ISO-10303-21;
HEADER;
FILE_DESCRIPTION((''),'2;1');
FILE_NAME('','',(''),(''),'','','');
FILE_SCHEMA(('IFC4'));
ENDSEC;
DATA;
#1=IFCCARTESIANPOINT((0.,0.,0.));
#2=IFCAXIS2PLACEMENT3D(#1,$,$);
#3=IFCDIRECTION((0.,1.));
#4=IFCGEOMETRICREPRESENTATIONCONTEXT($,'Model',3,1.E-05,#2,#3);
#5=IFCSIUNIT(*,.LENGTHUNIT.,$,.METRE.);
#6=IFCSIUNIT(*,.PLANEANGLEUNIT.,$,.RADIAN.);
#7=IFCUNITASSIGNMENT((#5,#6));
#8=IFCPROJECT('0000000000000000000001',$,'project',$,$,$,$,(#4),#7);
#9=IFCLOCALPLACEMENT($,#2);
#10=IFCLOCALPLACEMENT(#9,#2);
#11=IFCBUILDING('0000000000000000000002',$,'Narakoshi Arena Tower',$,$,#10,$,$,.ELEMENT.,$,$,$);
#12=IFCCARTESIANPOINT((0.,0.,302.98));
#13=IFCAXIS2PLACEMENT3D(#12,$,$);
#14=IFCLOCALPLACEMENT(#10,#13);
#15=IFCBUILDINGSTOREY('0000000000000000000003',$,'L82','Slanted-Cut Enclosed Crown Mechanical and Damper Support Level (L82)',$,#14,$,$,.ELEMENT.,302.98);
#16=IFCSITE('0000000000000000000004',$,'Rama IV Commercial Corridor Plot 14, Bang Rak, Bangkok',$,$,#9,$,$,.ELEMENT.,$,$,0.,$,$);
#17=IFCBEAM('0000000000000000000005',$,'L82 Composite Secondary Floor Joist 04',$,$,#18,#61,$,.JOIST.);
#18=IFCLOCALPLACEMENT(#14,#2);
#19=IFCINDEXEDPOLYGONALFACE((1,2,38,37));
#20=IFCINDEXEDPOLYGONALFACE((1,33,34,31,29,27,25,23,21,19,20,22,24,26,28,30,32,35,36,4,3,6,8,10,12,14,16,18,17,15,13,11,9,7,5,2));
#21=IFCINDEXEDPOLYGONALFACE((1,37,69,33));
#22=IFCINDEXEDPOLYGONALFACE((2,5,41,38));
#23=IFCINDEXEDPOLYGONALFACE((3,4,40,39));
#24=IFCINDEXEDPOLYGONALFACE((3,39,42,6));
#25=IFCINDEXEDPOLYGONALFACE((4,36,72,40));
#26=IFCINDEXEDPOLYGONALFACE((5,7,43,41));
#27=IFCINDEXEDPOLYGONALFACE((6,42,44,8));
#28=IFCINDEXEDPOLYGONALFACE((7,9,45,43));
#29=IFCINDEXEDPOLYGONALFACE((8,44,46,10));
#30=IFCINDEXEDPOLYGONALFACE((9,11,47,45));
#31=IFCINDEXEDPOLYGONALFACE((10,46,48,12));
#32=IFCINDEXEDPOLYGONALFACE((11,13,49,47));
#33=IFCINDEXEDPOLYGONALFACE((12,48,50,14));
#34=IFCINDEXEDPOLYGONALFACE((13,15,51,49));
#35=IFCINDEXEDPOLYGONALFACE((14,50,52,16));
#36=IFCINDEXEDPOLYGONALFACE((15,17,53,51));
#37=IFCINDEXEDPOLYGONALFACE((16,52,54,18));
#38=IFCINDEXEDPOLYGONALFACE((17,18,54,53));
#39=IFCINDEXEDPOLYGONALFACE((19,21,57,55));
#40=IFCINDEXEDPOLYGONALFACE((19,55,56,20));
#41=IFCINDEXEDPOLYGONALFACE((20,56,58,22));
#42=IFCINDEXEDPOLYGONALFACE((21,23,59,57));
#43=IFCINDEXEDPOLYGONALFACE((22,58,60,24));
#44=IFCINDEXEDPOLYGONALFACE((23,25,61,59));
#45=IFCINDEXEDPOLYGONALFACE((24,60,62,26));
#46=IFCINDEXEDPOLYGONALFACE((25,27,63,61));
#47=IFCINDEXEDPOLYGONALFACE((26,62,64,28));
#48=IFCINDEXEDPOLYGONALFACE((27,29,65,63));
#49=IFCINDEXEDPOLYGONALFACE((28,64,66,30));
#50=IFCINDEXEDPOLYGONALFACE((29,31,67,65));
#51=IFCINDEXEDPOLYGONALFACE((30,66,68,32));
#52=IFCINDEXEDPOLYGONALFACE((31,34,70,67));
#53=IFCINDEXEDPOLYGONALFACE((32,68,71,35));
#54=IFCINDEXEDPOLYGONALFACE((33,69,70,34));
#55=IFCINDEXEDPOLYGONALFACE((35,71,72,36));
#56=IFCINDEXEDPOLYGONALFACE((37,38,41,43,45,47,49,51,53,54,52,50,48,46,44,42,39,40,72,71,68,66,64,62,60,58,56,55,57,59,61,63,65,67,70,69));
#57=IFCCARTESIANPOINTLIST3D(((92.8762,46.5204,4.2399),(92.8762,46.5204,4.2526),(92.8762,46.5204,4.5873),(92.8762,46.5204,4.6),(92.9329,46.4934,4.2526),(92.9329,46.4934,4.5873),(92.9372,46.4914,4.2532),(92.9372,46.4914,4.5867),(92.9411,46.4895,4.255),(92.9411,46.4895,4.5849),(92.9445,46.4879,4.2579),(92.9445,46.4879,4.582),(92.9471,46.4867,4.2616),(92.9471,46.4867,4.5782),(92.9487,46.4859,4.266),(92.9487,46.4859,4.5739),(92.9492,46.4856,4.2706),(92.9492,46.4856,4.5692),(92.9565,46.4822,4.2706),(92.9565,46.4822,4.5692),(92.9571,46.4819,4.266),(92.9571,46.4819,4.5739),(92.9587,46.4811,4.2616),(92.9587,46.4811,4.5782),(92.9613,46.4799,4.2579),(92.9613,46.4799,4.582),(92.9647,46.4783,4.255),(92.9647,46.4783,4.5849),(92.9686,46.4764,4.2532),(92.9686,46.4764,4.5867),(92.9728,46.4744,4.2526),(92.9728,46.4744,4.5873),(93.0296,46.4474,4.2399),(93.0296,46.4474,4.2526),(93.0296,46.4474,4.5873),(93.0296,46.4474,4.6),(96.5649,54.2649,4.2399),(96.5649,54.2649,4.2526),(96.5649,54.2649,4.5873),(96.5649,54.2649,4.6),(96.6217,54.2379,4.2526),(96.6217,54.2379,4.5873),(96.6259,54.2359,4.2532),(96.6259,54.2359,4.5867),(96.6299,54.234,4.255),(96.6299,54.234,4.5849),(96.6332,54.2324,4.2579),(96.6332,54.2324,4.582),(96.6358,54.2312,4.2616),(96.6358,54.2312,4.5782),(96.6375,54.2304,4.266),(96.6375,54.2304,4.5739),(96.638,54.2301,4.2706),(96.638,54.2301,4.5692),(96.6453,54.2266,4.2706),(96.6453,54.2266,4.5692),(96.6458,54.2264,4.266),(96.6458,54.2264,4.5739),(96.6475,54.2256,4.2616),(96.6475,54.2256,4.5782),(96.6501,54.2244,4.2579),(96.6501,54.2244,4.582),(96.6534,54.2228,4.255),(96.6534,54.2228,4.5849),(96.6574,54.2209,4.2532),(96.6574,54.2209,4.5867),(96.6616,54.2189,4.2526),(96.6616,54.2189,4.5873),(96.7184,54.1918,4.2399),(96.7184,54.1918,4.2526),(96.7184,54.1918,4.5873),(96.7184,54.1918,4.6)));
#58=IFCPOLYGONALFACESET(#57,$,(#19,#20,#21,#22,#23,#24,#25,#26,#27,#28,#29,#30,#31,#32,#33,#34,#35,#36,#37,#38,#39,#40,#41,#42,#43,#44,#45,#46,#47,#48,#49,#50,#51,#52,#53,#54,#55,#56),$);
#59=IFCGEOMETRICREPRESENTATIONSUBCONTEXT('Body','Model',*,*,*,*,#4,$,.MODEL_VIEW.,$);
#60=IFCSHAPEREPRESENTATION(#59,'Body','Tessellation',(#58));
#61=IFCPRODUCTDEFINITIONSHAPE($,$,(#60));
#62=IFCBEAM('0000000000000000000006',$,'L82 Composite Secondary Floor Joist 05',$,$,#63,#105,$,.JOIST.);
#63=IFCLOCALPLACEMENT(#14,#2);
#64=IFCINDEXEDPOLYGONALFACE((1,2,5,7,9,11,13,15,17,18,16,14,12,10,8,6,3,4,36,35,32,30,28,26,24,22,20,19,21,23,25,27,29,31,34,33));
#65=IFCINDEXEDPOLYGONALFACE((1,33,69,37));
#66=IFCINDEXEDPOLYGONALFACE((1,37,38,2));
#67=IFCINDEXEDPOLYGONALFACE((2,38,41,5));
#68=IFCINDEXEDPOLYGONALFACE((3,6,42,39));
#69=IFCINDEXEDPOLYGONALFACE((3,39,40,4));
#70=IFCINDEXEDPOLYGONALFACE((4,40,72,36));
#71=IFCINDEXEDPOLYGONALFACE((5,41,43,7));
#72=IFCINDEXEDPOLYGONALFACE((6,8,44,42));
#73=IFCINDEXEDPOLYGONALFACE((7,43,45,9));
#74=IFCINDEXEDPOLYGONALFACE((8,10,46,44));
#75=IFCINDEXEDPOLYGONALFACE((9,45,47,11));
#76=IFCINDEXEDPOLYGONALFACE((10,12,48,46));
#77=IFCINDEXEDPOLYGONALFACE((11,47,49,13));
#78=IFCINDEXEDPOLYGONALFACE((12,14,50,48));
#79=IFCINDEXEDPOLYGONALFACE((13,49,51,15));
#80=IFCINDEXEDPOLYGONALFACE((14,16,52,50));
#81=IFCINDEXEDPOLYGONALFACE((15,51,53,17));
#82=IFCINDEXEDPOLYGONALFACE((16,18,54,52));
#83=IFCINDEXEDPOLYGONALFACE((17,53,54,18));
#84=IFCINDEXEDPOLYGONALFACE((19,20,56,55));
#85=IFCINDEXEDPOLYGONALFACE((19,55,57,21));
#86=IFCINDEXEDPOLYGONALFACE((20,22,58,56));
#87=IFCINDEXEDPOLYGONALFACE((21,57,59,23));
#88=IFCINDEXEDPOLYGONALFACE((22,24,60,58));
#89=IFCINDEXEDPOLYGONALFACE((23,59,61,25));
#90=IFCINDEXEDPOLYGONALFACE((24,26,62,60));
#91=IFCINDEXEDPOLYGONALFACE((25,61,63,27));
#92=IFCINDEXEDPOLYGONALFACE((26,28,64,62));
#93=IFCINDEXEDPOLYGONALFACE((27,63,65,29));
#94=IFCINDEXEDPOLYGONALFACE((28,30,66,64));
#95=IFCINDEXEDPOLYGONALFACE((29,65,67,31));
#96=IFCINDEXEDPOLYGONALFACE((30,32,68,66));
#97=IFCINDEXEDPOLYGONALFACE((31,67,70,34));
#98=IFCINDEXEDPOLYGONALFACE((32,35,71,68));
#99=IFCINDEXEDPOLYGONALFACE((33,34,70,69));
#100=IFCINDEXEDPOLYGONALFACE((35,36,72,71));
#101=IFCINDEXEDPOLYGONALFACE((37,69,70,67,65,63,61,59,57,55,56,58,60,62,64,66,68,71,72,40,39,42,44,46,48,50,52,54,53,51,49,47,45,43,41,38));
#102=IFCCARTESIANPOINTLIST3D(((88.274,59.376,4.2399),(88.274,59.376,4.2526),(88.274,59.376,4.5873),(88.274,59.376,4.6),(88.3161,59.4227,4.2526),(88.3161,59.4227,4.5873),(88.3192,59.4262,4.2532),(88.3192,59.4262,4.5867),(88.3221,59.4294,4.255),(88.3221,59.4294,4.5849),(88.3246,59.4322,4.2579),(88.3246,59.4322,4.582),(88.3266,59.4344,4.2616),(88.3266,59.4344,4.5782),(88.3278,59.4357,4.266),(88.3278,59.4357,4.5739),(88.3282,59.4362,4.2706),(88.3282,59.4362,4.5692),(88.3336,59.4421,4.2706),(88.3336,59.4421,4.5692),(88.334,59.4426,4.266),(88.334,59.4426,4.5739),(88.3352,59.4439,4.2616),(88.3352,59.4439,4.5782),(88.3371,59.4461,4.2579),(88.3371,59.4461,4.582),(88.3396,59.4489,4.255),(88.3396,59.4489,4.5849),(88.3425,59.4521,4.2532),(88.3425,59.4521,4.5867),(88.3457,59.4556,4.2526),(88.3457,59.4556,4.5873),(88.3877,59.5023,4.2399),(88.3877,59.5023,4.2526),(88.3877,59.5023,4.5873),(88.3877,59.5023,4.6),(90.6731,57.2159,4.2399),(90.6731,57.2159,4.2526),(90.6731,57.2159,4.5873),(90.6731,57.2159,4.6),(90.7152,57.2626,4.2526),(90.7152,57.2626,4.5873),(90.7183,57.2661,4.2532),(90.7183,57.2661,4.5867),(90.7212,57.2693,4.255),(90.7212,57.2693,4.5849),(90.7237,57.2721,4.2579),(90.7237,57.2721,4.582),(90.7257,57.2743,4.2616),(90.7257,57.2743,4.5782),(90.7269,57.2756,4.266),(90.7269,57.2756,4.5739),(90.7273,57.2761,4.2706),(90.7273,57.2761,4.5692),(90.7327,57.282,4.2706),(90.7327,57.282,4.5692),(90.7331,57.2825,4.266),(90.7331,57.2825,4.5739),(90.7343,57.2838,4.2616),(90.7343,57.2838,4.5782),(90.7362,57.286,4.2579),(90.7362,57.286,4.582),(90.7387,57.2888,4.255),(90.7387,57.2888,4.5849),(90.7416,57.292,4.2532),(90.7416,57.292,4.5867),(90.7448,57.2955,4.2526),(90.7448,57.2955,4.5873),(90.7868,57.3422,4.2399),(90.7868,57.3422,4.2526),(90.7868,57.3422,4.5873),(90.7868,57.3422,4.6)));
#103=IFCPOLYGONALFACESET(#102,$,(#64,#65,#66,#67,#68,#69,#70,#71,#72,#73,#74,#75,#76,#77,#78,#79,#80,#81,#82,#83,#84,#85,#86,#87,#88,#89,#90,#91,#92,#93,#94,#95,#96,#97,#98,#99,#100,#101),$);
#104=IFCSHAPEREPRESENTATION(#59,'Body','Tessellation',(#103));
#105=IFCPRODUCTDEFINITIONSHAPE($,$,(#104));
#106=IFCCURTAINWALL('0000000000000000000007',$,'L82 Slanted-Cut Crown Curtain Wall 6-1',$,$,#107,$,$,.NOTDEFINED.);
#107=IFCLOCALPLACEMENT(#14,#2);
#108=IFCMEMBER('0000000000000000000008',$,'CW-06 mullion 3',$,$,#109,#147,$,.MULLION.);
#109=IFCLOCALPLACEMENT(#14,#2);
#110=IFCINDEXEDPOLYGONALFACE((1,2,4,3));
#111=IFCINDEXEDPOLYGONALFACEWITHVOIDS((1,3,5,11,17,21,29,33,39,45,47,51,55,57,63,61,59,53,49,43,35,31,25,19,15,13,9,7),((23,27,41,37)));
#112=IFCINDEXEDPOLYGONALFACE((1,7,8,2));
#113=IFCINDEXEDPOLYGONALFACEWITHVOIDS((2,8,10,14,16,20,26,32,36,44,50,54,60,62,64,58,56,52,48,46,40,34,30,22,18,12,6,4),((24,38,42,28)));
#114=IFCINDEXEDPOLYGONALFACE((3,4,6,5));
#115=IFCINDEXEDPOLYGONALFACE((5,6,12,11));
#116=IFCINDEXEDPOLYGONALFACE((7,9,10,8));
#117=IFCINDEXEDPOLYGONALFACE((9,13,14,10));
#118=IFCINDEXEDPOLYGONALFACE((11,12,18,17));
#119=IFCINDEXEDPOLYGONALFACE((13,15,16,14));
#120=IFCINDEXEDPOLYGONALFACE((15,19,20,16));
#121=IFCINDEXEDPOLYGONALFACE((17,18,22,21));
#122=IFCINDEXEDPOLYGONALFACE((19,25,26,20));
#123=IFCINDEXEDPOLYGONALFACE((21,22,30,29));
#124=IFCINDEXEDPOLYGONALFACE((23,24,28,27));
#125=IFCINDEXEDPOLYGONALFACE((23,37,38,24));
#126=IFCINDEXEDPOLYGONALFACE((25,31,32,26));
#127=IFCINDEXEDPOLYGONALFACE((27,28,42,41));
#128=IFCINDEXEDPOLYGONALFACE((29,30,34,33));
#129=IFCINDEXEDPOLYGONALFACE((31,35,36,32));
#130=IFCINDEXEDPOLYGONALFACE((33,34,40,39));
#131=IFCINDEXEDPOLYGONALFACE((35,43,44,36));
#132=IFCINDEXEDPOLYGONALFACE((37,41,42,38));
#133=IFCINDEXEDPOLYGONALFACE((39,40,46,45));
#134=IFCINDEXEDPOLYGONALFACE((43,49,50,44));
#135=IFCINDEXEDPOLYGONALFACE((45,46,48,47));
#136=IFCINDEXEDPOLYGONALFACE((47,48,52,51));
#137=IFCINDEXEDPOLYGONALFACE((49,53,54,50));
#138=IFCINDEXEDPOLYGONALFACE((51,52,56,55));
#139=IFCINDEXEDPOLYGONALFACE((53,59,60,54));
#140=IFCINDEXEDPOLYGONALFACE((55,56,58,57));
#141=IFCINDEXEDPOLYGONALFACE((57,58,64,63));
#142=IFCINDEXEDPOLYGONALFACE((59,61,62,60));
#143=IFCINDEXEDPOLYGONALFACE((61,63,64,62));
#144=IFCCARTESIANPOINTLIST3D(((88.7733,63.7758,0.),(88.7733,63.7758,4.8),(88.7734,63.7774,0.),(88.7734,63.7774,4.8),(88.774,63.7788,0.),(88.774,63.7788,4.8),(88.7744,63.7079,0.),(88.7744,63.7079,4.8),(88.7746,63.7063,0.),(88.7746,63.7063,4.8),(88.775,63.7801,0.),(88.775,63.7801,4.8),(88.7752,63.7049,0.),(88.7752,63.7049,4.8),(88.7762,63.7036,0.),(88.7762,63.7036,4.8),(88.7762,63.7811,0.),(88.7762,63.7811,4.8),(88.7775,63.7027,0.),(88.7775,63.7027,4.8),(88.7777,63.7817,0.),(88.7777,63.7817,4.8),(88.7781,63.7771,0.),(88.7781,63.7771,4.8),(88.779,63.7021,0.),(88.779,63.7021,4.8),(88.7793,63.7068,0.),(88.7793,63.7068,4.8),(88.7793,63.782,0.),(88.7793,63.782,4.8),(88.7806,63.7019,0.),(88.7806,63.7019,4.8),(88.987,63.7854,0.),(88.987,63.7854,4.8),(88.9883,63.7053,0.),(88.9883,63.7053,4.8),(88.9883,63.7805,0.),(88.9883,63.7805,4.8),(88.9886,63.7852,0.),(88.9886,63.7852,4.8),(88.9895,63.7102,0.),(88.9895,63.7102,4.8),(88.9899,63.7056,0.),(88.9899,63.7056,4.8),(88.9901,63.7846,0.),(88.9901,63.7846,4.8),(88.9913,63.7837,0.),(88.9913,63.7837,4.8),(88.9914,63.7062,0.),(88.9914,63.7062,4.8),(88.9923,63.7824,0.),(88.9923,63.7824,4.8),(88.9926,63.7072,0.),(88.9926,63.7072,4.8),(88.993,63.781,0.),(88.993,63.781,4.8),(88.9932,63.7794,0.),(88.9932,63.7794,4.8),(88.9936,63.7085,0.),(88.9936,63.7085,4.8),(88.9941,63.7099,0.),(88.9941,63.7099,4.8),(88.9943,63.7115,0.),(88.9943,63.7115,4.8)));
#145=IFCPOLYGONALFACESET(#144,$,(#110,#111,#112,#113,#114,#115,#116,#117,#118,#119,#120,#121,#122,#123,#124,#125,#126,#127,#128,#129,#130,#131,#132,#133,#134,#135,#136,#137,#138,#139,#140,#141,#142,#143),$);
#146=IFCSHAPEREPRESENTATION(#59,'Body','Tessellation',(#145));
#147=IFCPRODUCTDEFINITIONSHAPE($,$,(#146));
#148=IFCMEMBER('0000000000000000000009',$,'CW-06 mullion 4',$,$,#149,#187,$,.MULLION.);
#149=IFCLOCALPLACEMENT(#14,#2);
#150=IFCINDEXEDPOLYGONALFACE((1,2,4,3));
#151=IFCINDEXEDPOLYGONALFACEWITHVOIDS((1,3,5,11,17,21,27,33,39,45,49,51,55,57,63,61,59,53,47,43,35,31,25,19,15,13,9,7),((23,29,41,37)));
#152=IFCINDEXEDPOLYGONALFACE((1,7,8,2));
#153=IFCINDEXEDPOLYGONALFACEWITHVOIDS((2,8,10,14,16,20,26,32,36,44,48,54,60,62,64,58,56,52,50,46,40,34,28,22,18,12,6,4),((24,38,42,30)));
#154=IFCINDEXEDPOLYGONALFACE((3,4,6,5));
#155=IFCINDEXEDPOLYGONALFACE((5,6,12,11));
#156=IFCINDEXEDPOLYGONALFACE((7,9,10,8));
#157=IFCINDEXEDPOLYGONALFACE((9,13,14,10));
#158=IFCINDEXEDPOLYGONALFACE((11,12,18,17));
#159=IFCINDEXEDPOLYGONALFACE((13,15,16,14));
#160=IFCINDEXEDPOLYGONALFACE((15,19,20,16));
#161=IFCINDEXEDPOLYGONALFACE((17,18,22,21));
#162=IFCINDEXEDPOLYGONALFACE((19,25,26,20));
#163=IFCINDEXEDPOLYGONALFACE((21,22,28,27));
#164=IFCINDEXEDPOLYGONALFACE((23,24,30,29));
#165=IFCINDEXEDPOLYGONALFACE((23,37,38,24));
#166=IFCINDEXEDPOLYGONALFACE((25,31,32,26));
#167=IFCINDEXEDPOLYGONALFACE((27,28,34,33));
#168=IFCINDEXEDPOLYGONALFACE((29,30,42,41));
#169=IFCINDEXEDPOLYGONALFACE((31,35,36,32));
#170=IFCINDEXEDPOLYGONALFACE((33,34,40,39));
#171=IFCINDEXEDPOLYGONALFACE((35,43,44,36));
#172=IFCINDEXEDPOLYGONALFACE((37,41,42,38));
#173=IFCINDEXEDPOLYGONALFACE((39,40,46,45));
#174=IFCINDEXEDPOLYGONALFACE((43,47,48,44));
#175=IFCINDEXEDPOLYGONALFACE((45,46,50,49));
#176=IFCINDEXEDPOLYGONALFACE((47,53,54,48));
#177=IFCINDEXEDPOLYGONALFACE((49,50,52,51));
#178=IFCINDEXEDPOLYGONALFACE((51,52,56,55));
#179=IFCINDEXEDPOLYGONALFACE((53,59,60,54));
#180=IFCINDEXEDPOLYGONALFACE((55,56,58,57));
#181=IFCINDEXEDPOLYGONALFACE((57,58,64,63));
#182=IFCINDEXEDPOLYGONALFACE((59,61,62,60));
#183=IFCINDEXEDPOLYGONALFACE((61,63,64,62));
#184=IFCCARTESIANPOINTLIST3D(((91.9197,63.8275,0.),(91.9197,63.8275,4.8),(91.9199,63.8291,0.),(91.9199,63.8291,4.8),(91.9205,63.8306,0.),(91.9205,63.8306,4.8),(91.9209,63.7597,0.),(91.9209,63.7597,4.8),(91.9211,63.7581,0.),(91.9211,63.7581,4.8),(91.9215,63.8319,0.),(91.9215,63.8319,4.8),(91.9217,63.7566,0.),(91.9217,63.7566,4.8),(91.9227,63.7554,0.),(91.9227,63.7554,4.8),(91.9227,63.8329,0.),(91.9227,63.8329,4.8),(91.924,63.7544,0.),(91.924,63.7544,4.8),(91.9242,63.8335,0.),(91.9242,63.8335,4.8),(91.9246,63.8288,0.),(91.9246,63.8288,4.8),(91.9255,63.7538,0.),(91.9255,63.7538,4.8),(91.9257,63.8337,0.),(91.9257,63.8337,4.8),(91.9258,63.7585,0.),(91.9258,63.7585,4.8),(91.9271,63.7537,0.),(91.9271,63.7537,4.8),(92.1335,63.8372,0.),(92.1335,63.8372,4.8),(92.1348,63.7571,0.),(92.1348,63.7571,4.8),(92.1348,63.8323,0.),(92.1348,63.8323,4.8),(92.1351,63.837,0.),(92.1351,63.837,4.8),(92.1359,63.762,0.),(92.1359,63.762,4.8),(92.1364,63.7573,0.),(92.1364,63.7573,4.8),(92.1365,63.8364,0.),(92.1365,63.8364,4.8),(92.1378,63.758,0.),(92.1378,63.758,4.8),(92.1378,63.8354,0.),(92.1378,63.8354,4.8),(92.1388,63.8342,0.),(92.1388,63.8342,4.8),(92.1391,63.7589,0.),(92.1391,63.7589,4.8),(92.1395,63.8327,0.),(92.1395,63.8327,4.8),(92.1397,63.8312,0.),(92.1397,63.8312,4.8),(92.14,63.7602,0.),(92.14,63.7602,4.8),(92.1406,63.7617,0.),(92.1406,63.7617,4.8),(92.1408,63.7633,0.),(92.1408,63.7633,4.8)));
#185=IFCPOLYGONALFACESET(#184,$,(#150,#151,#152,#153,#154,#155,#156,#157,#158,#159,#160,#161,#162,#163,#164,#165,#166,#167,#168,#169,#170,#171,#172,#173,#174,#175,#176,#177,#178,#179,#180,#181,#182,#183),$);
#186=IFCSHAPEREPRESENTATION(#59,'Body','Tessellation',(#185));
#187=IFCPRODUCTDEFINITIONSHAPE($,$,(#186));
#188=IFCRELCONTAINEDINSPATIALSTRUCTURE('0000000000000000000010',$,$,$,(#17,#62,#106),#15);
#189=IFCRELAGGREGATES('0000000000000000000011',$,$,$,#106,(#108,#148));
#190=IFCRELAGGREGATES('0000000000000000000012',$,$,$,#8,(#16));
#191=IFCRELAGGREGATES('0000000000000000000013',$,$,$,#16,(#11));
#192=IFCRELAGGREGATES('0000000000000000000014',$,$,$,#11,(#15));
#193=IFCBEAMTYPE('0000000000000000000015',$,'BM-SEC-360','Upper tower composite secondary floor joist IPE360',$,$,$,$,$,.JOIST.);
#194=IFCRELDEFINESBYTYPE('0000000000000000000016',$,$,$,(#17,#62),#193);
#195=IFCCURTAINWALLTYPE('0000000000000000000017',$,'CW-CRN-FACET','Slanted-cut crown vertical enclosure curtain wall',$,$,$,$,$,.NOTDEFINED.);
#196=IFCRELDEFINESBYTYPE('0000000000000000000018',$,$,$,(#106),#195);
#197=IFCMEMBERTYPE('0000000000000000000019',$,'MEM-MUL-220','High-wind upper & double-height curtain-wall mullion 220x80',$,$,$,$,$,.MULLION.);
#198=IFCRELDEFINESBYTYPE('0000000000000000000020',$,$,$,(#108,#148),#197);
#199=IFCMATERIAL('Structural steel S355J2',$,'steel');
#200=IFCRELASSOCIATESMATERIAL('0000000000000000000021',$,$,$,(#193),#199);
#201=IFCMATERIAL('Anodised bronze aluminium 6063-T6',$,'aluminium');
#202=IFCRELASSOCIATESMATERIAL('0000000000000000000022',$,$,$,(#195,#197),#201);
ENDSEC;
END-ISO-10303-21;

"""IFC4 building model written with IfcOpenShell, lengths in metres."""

from ifc_helpers import new_model, si_unit, direction, frame, origin, origin_2d, place, context, subcontext, project, spatial, hollow_rectangle, i_section, extrude, material, material_profile, profile_set, type_object, element, aggregate, save


model = new_model("IFC4")

# Units and contexts
model_context = context("Model", 3, precision=1e-05, world=origin(), true_north=direction((0.0, 1.0)))
body_context = subcontext(model_context, "Body", "Model", "MODEL_VIEW")
ifc_project = project(units=[si_unit("LENGTHUNIT", "METRE"), si_unit("PLANEANGLEUNIT", "RADIAN")], contexts=[model_context])

# Site, building, storey
site_placement = place(None, origin())
site = spatial("IfcSite", under=ifc_project, at=site_placement, Name="Rama IV Commercial Corridor Plot 14, Bang Rak, Bangkok", CompositionType="ELEMENT", RefElevation=0.0)
building_placement = place(site_placement, origin())
building = spatial("IfcBuilding", under=site, at=building_placement, Name="Narakoshi Arena Tower", CompositionType="ELEMENT")
storey_placement = place(building_placement, frame((0.0, 0.0, 302.98)))
storey = spatial("IfcBuildingStorey", under=building, at=storey_placement, Name="L82", Description="Slanted-Cut Enclosed Crown Mechanical and Damper Support Level (L82)", CompositionType="ELEMENT", Elevation=302.98)

# Shared definitions
ifc_material_1 = material(Name="Structural steel S355J2", Category="steel")

# Beams
ifc_material_profile_1 = material_profile(ifc_material_1, i_section(OverallWidth=0.1699, OverallDepth=0.3601, WebThickness=0.0081, FlangeThickness=0.0127, FilletRadius=0.0181, at=origin_2d()), Name="IPE360")
ifc_profile_set_1 = profile_set([ifc_material_profile_1], Name="Structural steel S355J2")
beam_type_1 = type_object("IfcBeamType", Name="BM-SEC-360", Description="Upper tower composite secondary floor joist IPE360", PredefinedType="JOIST", material=ifc_profile_set_1)
beam_1_placement = place(storey_placement, frame((92.9529, 46.4839, 4.4199), z_axis=(0.430021, 0.902819, 0.0), x_axis=(-0.902819, 0.430021, 0.0)))
element("IfcBeam", 1, at=beam_1_placement, inside=storey, type_object=beam_type_1, Name="L82 Composite Secondary Floor Joist 04", PredefinedType="JOIST", context=body_context, shape_type="SweptSolid", body=[
    extrude(i_section(OverallWidth=0.1699, OverallDepth=0.3601, WebThickness=0.0081, FlangeThickness=0.0127, FilletRadius=0.0181, at=origin_2d()), origin(), (0.0, 0.0, 1.0), 8.5781),
])
beam_2_placement = place(storey_placement, frame((90.73, 57.2791, 4.4199), z_axis=(-0.743155, 0.669119, 0.0), x_axis=(-0.669119, -0.743155, 0.0)))
element("IfcBeam", 2, at=beam_2_placement, inside=storey, type_object=beam_type_1, Name="L82 Composite Secondary Floor Joist 05", PredefinedType="JOIST", context=body_context, shape_type="SweptSolid", body=[
    extrude(i_section(OverallWidth=0.1699, OverallDepth=0.3601, WebThickness=0.0081, FlangeThickness=0.0127, FilletRadius=0.0181, at=origin_2d()), origin(), (0.0, 0.0, 1.0), 3.2283),
])

# Curtain wall, members
ifc_material_2 = material(Name="Anodised bronze aluminium 6063-T6", Category="aluminium")
curtain_wall_type = type_object("IfcCurtainWallType", Name="CW-CRN-FACET", Description="Slanted-cut crown vertical enclosure curtain wall", PredefinedType="NOTDEFINED", material=ifc_material_2)
curtain_wall_placement = place(storey_placement, origin())
curtain_wall = element("IfcCurtainWall", 3, at=curtain_wall_placement, inside=storey, type_object=curtain_wall_type, Name="L82 Slanted-Cut Crown Curtain Wall 6-1", PredefinedType="NOTDEFINED")
ifc_material_profile_2 = material_profile(ifc_material_2, hollow_rectangle(XDim=0.0801, YDim=0.22, WallThickness=0.0049, OuterFilletRadius=0.0061, at=origin_2d()), Name="MUL220x80x5")
ifc_profile_set_2 = profile_set([ifc_material_profile_2], Name="Anodised bronze aluminium 6063-T6")
member_type_1 = type_object("IfcMemberType", Name="MEM-MUL-220", Description="High-wind upper & double-height curtain-wall mullion 220x80", PredefinedType="MULLION", material=ifc_profile_set_2)
member_1_placement = place(storey_placement, frame((88.8838, 63.7437, 0.0), z_axis=(0.0, 0.0, 1.0), x_axis=(-0.016447, 0.999865, 0.0)))
member_1 = element("IfcMember", 4, at=member_1_placement, type_object=member_type_1, Name="CW-06 mullion 3", PredefinedType="MULLION", context=body_context, shape_type="SweptSolid", body=[
    extrude(hollow_rectangle(XDim=0.0801, YDim=0.22, WallThickness=0.0049, OuterFilletRadius=0.0061, at=origin_2d()), origin(), (0.0, 0.0, 1.0), 4.8),
])
member_2_placement = place(storey_placement, frame((92.0303, 63.7954, 0.0), z_axis=(0.0, 0.0, 1.0), x_axis=(-0.016447, 0.999865, 0.0)))
member_2 = element("IfcMember", 5, at=member_2_placement, type_object=member_type_1, Name="CW-06 mullion 4", PredefinedType="MULLION", context=body_context, shape_type="SweptSolid", body=[
    extrude(hollow_rectangle(XDim=0.0801, YDim=0.22, WallThickness=0.0049, OuterFilletRadius=0.0061, at=origin_2d()), origin(), (0.0, 0.0, 1.0), 4.8),
])
aggregate(curtain_wall, [member_1, member_2])

save(model, "model.ifc")
